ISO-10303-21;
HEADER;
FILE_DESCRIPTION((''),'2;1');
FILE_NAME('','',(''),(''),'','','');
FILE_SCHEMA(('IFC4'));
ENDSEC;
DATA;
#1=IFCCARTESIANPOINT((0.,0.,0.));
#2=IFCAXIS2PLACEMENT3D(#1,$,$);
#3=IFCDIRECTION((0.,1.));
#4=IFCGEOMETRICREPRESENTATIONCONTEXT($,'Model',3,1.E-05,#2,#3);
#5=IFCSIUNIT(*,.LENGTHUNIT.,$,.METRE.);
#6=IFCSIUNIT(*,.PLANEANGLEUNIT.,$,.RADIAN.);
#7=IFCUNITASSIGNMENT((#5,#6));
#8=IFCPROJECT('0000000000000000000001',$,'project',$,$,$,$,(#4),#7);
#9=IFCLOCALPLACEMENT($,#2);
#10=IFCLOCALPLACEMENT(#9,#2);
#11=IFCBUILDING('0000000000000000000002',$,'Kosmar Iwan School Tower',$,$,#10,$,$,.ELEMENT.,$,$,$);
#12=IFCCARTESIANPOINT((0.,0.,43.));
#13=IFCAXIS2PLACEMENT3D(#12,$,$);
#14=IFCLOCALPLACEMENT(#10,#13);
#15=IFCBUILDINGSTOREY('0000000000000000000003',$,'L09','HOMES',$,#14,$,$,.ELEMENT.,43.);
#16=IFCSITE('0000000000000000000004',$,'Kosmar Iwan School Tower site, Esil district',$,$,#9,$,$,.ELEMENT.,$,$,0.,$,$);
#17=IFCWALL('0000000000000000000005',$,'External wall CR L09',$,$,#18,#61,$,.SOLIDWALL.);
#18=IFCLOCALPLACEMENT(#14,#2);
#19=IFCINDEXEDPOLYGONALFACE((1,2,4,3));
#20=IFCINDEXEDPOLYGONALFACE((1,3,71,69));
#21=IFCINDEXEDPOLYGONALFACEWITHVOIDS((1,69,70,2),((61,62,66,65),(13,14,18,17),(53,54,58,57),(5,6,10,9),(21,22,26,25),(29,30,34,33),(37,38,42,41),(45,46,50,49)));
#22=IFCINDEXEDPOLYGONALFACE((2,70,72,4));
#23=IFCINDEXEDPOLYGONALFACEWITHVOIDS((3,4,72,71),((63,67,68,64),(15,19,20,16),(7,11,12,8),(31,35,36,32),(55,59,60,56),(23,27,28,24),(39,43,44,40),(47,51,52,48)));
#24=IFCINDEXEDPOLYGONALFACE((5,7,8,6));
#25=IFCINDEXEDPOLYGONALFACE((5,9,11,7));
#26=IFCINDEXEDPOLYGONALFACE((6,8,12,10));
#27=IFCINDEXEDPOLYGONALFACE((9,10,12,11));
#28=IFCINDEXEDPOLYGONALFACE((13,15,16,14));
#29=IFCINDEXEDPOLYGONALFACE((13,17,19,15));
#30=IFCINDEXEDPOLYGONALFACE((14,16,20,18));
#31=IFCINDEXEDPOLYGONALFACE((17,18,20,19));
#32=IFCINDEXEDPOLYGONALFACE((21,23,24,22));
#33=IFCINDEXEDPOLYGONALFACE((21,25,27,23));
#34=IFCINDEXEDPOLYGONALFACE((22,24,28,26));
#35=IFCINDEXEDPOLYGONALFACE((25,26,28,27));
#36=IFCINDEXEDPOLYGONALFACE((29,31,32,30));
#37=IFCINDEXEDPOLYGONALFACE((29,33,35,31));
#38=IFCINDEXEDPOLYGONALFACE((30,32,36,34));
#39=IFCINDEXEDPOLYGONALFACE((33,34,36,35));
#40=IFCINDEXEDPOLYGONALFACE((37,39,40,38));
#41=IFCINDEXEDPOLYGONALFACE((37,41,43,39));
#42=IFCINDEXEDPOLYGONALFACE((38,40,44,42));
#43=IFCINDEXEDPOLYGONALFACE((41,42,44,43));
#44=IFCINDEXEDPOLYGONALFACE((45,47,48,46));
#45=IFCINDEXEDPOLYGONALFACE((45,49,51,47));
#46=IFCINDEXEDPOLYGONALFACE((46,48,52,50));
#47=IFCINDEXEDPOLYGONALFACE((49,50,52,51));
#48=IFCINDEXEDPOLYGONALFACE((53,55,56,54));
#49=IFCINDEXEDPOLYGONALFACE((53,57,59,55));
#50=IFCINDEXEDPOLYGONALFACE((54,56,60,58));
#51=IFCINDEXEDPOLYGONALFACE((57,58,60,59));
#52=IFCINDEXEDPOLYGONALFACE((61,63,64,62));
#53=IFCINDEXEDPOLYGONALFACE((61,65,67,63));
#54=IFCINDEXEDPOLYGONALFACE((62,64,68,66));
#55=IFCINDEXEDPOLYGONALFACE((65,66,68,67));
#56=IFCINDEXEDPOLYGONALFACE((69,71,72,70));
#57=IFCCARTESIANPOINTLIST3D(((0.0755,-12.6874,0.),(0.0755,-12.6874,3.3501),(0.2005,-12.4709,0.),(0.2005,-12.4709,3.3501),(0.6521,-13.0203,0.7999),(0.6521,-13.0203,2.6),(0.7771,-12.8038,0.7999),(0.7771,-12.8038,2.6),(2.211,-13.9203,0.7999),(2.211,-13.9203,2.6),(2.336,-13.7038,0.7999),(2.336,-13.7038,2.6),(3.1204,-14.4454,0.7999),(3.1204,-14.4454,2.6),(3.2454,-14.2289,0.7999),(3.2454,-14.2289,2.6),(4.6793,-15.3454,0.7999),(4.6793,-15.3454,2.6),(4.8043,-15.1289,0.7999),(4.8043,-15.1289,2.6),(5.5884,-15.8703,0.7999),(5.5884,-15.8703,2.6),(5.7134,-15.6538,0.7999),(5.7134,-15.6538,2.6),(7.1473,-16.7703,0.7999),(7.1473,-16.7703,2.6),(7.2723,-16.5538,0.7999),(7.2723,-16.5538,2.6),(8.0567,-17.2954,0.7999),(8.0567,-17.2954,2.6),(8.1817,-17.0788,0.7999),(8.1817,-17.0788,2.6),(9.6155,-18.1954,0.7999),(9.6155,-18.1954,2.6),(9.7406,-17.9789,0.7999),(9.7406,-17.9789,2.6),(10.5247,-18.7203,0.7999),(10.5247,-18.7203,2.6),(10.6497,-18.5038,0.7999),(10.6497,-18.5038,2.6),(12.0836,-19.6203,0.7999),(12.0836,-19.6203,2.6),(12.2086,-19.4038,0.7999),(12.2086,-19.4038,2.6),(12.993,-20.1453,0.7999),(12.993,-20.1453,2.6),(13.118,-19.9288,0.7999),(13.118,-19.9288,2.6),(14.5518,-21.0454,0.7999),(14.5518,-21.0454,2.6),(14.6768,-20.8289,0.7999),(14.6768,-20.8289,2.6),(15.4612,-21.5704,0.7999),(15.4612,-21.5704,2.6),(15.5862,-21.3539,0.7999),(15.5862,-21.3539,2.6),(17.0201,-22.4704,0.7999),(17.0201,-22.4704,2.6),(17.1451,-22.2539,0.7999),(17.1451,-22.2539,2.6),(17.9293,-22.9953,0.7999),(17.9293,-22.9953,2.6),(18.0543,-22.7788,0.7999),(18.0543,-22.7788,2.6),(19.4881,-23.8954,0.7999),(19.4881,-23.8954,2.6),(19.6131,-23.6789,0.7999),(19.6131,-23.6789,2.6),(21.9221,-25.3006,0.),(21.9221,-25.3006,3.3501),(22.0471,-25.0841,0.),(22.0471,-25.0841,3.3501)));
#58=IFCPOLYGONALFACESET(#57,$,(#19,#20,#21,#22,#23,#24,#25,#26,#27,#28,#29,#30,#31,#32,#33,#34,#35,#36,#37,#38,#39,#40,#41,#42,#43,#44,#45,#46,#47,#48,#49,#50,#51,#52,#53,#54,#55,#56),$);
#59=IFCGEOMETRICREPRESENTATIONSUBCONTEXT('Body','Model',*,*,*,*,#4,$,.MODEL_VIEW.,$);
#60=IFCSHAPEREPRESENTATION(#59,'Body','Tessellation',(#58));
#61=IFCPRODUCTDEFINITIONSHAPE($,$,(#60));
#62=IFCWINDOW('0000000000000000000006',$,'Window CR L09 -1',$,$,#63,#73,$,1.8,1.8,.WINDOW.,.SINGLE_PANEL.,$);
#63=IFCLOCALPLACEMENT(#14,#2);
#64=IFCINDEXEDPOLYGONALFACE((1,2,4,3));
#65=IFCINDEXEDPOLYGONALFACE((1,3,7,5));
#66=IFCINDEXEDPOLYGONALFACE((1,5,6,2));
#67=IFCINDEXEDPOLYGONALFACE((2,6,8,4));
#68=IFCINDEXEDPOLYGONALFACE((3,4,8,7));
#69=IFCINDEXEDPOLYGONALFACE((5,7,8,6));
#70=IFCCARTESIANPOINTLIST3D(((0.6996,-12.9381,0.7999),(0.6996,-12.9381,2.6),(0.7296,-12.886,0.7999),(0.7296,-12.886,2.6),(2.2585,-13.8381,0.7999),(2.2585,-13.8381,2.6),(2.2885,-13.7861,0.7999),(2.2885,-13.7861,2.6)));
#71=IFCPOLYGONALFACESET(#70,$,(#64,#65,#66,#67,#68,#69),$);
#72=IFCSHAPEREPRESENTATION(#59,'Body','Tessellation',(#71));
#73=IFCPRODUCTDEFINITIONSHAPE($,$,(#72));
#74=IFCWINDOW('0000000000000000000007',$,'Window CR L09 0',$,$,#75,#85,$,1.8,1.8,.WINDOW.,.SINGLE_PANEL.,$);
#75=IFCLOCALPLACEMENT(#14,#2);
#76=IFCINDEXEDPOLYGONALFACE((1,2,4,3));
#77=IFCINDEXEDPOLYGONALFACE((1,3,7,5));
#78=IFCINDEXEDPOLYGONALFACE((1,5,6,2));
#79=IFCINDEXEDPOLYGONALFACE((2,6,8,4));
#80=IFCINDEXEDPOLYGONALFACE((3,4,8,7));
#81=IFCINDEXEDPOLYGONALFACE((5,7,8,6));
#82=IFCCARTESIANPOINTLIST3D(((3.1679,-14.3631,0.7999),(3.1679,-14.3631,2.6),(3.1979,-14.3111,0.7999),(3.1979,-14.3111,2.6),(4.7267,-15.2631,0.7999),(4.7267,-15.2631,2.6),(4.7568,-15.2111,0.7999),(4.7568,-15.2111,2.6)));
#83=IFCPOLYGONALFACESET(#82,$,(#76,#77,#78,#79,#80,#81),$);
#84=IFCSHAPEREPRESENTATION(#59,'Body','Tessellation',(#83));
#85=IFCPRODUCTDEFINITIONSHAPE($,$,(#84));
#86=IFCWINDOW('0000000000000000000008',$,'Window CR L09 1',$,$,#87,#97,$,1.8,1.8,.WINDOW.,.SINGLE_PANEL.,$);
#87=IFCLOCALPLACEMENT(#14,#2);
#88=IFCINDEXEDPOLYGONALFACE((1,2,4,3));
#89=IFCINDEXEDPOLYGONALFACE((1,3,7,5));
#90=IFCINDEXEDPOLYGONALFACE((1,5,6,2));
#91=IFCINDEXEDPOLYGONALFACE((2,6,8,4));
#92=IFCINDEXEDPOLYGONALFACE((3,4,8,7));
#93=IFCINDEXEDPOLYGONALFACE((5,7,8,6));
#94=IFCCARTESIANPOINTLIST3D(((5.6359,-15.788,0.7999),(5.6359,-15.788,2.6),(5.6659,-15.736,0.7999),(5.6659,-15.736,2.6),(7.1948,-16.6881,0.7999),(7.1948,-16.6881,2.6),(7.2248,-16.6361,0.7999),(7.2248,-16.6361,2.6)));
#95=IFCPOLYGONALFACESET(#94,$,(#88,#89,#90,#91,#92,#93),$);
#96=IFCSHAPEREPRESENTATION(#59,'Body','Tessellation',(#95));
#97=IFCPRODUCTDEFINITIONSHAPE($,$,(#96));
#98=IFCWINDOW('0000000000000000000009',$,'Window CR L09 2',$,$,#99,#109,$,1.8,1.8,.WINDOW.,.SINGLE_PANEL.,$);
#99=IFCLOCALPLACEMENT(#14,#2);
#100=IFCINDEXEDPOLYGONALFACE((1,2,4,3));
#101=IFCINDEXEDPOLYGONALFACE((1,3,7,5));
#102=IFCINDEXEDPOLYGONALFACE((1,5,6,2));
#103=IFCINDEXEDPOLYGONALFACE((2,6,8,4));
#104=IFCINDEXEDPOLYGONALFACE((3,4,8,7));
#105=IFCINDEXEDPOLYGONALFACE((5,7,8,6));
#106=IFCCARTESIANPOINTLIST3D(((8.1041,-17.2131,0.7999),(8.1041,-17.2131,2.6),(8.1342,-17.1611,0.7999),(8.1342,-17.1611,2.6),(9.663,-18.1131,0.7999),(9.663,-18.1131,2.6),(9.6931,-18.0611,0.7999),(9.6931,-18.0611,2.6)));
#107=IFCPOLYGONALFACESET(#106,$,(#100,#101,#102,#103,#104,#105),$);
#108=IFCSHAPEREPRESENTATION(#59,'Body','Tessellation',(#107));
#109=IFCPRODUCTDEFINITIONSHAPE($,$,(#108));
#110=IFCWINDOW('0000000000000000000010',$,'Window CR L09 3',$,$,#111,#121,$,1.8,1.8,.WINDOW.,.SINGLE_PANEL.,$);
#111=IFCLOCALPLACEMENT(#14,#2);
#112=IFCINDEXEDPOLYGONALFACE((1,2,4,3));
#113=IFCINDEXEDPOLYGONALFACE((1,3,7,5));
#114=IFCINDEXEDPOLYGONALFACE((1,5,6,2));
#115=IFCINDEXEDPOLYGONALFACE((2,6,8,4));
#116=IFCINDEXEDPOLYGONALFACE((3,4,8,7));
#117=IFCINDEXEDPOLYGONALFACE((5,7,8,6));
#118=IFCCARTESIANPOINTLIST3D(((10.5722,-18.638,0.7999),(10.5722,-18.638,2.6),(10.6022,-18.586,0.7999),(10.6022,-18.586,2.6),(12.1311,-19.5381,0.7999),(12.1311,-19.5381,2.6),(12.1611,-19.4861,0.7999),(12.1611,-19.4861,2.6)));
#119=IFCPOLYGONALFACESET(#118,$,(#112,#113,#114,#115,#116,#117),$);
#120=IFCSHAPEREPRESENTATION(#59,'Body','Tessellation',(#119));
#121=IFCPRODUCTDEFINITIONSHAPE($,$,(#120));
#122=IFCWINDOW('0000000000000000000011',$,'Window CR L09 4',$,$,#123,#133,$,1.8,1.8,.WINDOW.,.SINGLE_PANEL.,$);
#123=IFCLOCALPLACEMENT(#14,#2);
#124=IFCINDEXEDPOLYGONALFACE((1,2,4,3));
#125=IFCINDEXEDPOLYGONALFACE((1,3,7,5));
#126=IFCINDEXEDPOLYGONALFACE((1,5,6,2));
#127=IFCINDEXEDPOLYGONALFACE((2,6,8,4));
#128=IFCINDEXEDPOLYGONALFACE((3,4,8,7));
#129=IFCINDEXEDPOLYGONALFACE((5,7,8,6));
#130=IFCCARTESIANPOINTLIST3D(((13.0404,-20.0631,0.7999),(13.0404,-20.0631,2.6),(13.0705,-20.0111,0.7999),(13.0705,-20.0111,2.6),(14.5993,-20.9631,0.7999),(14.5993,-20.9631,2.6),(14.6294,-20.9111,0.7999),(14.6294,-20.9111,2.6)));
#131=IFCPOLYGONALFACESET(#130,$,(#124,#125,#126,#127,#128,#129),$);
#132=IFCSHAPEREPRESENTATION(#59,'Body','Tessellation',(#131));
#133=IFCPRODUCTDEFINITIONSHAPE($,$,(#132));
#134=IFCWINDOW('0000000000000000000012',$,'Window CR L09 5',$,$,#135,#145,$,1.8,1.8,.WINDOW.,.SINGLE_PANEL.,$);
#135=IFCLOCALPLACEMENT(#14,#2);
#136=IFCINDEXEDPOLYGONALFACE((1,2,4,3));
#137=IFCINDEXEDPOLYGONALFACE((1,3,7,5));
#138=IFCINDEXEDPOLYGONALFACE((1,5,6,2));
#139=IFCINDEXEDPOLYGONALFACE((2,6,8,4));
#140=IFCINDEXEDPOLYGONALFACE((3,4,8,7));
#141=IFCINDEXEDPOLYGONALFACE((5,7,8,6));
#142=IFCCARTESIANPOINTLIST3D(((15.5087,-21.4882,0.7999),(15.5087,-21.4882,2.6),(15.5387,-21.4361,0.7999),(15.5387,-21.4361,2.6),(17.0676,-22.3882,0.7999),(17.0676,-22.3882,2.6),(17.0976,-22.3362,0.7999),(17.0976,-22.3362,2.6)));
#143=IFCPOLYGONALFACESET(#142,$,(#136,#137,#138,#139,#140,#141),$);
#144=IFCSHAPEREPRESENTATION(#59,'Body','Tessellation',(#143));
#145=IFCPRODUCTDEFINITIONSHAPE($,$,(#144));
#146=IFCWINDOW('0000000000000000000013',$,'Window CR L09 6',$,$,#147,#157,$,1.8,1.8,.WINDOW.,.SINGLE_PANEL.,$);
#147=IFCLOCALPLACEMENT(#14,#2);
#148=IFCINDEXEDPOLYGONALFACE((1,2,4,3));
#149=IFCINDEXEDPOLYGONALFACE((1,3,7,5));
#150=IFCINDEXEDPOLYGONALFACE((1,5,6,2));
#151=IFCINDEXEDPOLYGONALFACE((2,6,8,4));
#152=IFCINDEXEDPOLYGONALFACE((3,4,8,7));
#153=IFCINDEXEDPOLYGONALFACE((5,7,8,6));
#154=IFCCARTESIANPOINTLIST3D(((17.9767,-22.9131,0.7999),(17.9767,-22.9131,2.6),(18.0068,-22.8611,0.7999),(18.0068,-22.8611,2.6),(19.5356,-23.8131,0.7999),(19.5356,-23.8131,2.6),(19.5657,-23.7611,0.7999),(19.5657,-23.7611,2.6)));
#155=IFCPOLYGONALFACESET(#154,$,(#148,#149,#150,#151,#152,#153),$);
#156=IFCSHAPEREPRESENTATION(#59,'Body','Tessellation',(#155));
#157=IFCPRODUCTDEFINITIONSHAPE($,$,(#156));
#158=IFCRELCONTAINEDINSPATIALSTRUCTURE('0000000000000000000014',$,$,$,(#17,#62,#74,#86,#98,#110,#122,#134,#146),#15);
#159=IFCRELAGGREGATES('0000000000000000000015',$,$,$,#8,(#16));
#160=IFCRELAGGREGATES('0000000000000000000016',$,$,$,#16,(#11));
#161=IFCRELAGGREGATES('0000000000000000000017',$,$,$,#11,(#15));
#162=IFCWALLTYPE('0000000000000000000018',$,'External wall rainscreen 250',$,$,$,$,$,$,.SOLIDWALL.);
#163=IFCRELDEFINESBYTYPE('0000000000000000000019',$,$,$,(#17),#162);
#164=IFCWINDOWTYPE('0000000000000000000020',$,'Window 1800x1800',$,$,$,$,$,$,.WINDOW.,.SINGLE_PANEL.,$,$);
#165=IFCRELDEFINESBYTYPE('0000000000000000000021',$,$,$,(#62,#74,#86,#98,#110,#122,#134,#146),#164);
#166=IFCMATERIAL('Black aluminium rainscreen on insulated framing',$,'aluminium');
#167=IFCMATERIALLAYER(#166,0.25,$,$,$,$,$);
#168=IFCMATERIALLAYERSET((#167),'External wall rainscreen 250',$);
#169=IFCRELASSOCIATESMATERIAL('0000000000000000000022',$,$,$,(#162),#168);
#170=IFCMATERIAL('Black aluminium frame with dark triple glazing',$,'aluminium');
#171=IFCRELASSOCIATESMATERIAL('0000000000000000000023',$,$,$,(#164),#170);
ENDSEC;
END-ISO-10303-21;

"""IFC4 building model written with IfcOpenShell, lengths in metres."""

from ifc_helpers import new_model, si_unit, direction, frame, frame_2d, origin, place, context, subcontext, project, spatial, rectangle, extrude, material, layer, layer_set, type_object, element, fill, save


model = new_model("IFC4")

# Units and contexts
model_context = context("Model", 3, precision=1e-05, world=origin(), true_north=direction((0.0, 1.0)))
body_context = subcontext(model_context, "Body", "Model", "MODEL_VIEW")
ifc_project = project(units=[si_unit("LENGTHUNIT", "METRE"), si_unit("PLANEANGLEUNIT", "RADIAN")], contexts=[model_context])

# Site, building, storey
site_placement = place(None, origin())
site = spatial("IfcSite", under=ifc_project, at=site_placement, Name="Kosmar Iwan School Tower site, Esil district", CompositionType="ELEMENT", RefElevation=0.0)
building_placement = place(site_placement, origin())
building = spatial("IfcBuilding", under=site, at=building_placement, Name="Kosmar Iwan School Tower", CompositionType="ELEMENT")
storey_placement = place(building_placement, frame((0.0, 0.0, 43.0)))
storey = spatial("IfcBuildingStorey", under=building, at=storey_placement, Name="L09", Description="HOMES", CompositionType="ELEMENT", Elevation=43.0)

# Wall, openings, windows
ifc_material_1 = material(Name="Black aluminium rainscreen on insulated framing", Category="aluminium")
ifc_layer = layer(ifc_material_1, 0.25)
ifc_layer_set = layer_set([ifc_layer], Name="External wall rainscreen 250")
wall_type = type_object("IfcWallType", Name="External wall rainscreen 250", PredefinedType="SOLIDWALL", material=ifc_layer_set)
ifc_material_2 = material(Name="Black aluminium frame with dark triple glazing", Category="aluminium")
window_type = type_object("IfcWindowType", Name="Window 1800x1800", PartitioningType="SINGLE_PANEL", PredefinedType="WINDOW", material=ifc_material_2)
wall_1_placement = place(storey_placement, frame((0.1379, -12.5791, 0.0), z_axis=(0.0, 0.0, 1.0), x_axis=(0.866024, -0.500003, 0.0)))
wall_1 = element("IfcWall", 1, at=wall_1_placement, inside=storey, type_object=wall_type, Name="External wall CR L09", PredefinedType="SOLIDWALL", context=body_context, shape_type="SweptSolid", body=[
    extrude(rectangle(XDim=25.2263, YDim=0.25, at=frame_2d((12.6133, 0.0))), origin(), (0.0, 0.0, 1.0), 3.3501),
])
opening_1_placement = place(wall_1_placement, frame((0.666, 0.0, 0.8)))
opening_1 = element("IfcOpeningElement", 2, at=opening_1_placement, cuts=wall_1, PredefinedType="OPENING", context=body_context, shape_type="SweptSolid", body=[
    extrude(rectangle(XDim=1.8, YDim=1.8, at=frame_2d((0.8999, 0.8999))), frame((0.0, 0.137, 0.0), z_axis=(0.0, -1.0, 0.0), x_axis=(1.0, 0.0, 0.0)), (0.0, 0.0, 1.0), 0.2739),
])
opening_2_placement = place(wall_1_placement, frame((3.5161, 0.0, 0.8)))
opening_2 = element("IfcOpeningElement", 3, at=opening_2_placement, cuts=wall_1, PredefinedType="OPENING", context=body_context, shape_type="SweptSolid", body=[
    extrude(rectangle(XDim=1.8, YDim=1.8, at=frame_2d((0.8999, 0.8999))), frame((0.0, 0.137, 0.0), z_axis=(0.0, -1.0, 0.0), x_axis=(1.0, 0.0, 0.0)), (0.0, 0.0, 1.0), 0.2739),
])
opening_3_placement = place(wall_1_placement, frame((6.366, 0.0, 0.8)))
opening_3 = element("IfcOpeningElement", 4, at=opening_3_placement, cuts=wall_1, PredefinedType="OPENING", context=body_context, shape_type="SweptSolid", body=[
    extrude(rectangle(XDim=1.8, YDim=1.8, at=frame_2d((0.8999, 0.8999))), frame((0.0, 0.137, 0.0), z_axis=(0.0, -1.0, 0.0), x_axis=(1.0, 0.0, 0.0)), (0.0, 0.0, 1.0), 0.2739),
])
opening_4_placement = place(wall_1_placement, frame((9.2161, 0.0, 0.8)))
opening_4 = element("IfcOpeningElement", 5, at=opening_4_placement, cuts=wall_1, PredefinedType="OPENING", context=body_context, shape_type="SweptSolid", body=[
    extrude(rectangle(XDim=1.8, YDim=1.8, at=frame_2d((0.8999, 0.8999))), frame((0.0, 0.137, 0.0), z_axis=(0.0, -1.0, 0.0), x_axis=(1.0, 0.0, 0.0)), (0.0, 0.0, 1.0), 0.2739),
])
opening_5_placement = place(wall_1_placement, frame((12.0659, 0.0, 0.8)))
opening_5 = element("IfcOpeningElement", 6, at=opening_5_placement, cuts=wall_1, PredefinedType="OPENING", context=body_context, shape_type="SweptSolid", body=[
    extrude(rectangle(XDim=1.8, YDim=1.8, at=frame_2d((0.8999, 0.8999))), frame((0.0, 0.137, 0.0), z_axis=(0.0, -1.0, 0.0), x_axis=(1.0, 0.0, 0.0)), (0.0, 0.0, 1.0), 0.2739),
])
opening_6_placement = place(wall_1_placement, frame((14.916, 0.0, 0.8)))
opening_6 = element("IfcOpeningElement", 7, at=opening_6_placement, cuts=wall_1, PredefinedType="OPENING", context=body_context, shape_type="SweptSolid", body=[
    extrude(rectangle(XDim=1.8, YDim=1.8, at=frame_2d((0.8999, 0.8999))), frame((0.0, 0.137, 0.0), z_axis=(0.0, -1.0, 0.0), x_axis=(1.0, 0.0, 0.0)), (0.0, 0.0, 1.0), 0.2739),
])
opening_7_placement = place(wall_1_placement, frame((17.7661, 0.0, 0.8)))
opening_7 = element("IfcOpeningElement", 8, at=opening_7_placement, cuts=wall_1, PredefinedType="OPENING", context=body_context, shape_type="SweptSolid", body=[
    extrude(rectangle(XDim=1.8, YDim=1.8, at=frame_2d((0.8999, 0.8999))), frame((0.0, 0.137, 0.0), z_axis=(0.0, -1.0, 0.0), x_axis=(1.0, 0.0, 0.0)), (0.0, 0.0, 1.0), 0.2739),
])
opening_8_placement = place(wall_1_placement, frame((20.616, 0.0, 0.8)))
opening_8 = element("IfcOpeningElement", 9, at=opening_8_placement, cuts=wall_1, PredefinedType="OPENING", context=body_context, shape_type="SweptSolid", body=[
    extrude(rectangle(XDim=1.8, YDim=1.8, at=frame_2d((0.8999, 0.8999))), frame((0.0, 0.137, 0.0), z_axis=(0.0, -1.0, 0.0), x_axis=(1.0, 0.0, 0.0)), (0.0, 0.0, 1.0), 0.2739),
])
window_1_placement = place(opening_1_placement, origin())
window_1 = element("IfcWindow", 10, at=window_1_placement, inside=storey, type_object=window_type, Name="Window CR L09 -1", OverallHeight=1.8, OverallWidth=1.8, PartitioningType="SINGLE_PANEL", PredefinedType="WINDOW", context=body_context, shape_type="SweptSolid", body=[
    extrude(rectangle(XDim=1.8, YDim=1.8, at=frame_2d((0.8999, 0.8999))), frame((0.0, 0.03, 0.0), z_axis=(0.0, -1.0, 0.0), x_axis=(1.0, 0.0, 0.0)), (0.0, 0.0, 1.0), 0.0601),
])
fill(opening_1, window_1)
window_2_placement = place(opening_2_placement, origin())
window_2 = element("IfcWindow", 11, at=window_2_placement, inside=storey, type_object=window_type, Name="Window CR L09 0", OverallHeight=1.8, OverallWidth=1.8, PartitioningType="SINGLE_PANEL", PredefinedType="WINDOW", context=body_context, shape_type="SweptSolid", body=[
    extrude(rectangle(XDim=1.8, YDim=1.8, at=frame_2d((0.8999, 0.8999))), frame((0.0, 0.03, 0.0), z_axis=(0.0, -1.0, 0.0), x_axis=(1.0, 0.0, 0.0)), (0.0, 0.0, 1.0), 0.0601),
])
fill(opening_2, window_2)
window_3_placement = place(opening_3_placement, origin())
window_3 = element("IfcWindow", 12, at=window_3_placement, inside=storey, type_object=window_type, Name="Window CR L09 1", OverallHeight=1.8, OverallWidth=1.8, PartitioningType="SINGLE_PANEL", PredefinedType="WINDOW", context=body_context, shape_type="SweptSolid", body=[
    extrude(rectangle(XDim=1.8, YDim=1.8, at=frame_2d((0.8999, 0.8999))), frame((0.0, 0.03, 0.0), z_axis=(0.0, -1.0, 0.0), x_axis=(1.0, 0.0, 0.0)), (0.0, 0.0, 1.0), 0.0601),
])
fill(opening_3, window_3)
window_4_placement = place(opening_4_placement, origin())
window_4 = element("IfcWindow", 13, at=window_4_placement, inside=storey, type_object=window_type, Name="Window CR L09 2", OverallHeight=1.8, OverallWidth=1.8, PartitioningType="SINGLE_PANEL", PredefinedType="WINDOW", context=body_context, shape_type="SweptSolid", body=[
    extrude(rectangle(XDim=1.8, YDim=1.8, at=frame_2d((0.8999, 0.8999))), frame((0.0, 0.03, 0.0), z_axis=(0.0, -1.0, 0.0), x_axis=(1.0, 0.0, 0.0)), (0.0, 0.0, 1.0), 0.0601),
])
fill(opening_4, window_4)
window_5_placement = place(opening_5_placement, origin())
window_5 = element("IfcWindow", 14, at=window_5_placement, inside=storey, type_object=window_type, Name="Window CR L09 3", OverallHeight=1.8, OverallWidth=1.8, PartitioningType="SINGLE_PANEL", PredefinedType="WINDOW", context=body_context, shape_type="SweptSolid", body=[
    extrude(rectangle(XDim=1.8, YDim=1.8, at=frame_2d((0.8999, 0.8999))), frame((0.0, 0.03, 0.0), z_axis=(0.0, -1.0, 0.0), x_axis=(1.0, 0.0, 0.0)), (0.0, 0.0, 1.0), 0.0601),
])
fill(opening_5, window_5)
window_6_placement = place(opening_6_placement, origin())
window_6 = element("IfcWindow", 15, at=window_6_placement, inside=storey, type_object=window_type, Name="Window CR L09 4", OverallHeight=1.8, OverallWidth=1.8, PartitioningType="SINGLE_PANEL", PredefinedType="WINDOW", context=body_context, shape_type="SweptSolid", body=[
    extrude(rectangle(XDim=1.8, YDim=1.8, at=frame_2d((0.8999, 0.8999))), frame((0.0, 0.03, 0.0), z_axis=(0.0, -1.0, 0.0), x_axis=(1.0, 0.0, 0.0)), (0.0, 0.0, 1.0), 0.0601),
])
fill(opening_6, window_6)
window_7_placement = place(opening_7_placement, origin())
window_7 = element("IfcWindow", 16, at=window_7_placement, inside=storey, type_object=window_type, Name="Window CR L09 5", OverallHeight=1.8, OverallWidth=1.8, PartitioningType="SINGLE_PANEL", PredefinedType="WINDOW", context=body_context, shape_type="SweptSolid", body=[
    extrude(rectangle(XDim=1.8, YDim=1.8, at=frame_2d((0.8999, 0.8999))), frame((0.0, 0.03, 0.0), z_axis=(0.0, -1.0, 0.0), x_axis=(1.0, 0.0, 0.0)), (0.0, 0.0, 1.0), 0.0601),
])
fill(opening_7, window_7)
window_8_placement = place(opening_8_placement, origin())
window_8 = element("IfcWindow", 17, at=window_8_placement, inside=storey, type_object=window_type, Name="Window CR L09 6", OverallHeight=1.8, OverallWidth=1.8, PartitioningType="SINGLE_PANEL", PredefinedType="WINDOW", context=body_context, shape_type="SweptSolid", body=[
    extrude(rectangle(XDim=1.8, YDim=1.8, at=frame_2d((0.8999, 0.8999))), frame((0.0, 0.03, 0.0), z_axis=(0.0, -1.0, 0.0), x_axis=(1.0, 0.0, 0.0)), (0.0, 0.0, 1.0), 0.0601),
])
fill(opening_8, window_8)

save(model, "model.ifc")
